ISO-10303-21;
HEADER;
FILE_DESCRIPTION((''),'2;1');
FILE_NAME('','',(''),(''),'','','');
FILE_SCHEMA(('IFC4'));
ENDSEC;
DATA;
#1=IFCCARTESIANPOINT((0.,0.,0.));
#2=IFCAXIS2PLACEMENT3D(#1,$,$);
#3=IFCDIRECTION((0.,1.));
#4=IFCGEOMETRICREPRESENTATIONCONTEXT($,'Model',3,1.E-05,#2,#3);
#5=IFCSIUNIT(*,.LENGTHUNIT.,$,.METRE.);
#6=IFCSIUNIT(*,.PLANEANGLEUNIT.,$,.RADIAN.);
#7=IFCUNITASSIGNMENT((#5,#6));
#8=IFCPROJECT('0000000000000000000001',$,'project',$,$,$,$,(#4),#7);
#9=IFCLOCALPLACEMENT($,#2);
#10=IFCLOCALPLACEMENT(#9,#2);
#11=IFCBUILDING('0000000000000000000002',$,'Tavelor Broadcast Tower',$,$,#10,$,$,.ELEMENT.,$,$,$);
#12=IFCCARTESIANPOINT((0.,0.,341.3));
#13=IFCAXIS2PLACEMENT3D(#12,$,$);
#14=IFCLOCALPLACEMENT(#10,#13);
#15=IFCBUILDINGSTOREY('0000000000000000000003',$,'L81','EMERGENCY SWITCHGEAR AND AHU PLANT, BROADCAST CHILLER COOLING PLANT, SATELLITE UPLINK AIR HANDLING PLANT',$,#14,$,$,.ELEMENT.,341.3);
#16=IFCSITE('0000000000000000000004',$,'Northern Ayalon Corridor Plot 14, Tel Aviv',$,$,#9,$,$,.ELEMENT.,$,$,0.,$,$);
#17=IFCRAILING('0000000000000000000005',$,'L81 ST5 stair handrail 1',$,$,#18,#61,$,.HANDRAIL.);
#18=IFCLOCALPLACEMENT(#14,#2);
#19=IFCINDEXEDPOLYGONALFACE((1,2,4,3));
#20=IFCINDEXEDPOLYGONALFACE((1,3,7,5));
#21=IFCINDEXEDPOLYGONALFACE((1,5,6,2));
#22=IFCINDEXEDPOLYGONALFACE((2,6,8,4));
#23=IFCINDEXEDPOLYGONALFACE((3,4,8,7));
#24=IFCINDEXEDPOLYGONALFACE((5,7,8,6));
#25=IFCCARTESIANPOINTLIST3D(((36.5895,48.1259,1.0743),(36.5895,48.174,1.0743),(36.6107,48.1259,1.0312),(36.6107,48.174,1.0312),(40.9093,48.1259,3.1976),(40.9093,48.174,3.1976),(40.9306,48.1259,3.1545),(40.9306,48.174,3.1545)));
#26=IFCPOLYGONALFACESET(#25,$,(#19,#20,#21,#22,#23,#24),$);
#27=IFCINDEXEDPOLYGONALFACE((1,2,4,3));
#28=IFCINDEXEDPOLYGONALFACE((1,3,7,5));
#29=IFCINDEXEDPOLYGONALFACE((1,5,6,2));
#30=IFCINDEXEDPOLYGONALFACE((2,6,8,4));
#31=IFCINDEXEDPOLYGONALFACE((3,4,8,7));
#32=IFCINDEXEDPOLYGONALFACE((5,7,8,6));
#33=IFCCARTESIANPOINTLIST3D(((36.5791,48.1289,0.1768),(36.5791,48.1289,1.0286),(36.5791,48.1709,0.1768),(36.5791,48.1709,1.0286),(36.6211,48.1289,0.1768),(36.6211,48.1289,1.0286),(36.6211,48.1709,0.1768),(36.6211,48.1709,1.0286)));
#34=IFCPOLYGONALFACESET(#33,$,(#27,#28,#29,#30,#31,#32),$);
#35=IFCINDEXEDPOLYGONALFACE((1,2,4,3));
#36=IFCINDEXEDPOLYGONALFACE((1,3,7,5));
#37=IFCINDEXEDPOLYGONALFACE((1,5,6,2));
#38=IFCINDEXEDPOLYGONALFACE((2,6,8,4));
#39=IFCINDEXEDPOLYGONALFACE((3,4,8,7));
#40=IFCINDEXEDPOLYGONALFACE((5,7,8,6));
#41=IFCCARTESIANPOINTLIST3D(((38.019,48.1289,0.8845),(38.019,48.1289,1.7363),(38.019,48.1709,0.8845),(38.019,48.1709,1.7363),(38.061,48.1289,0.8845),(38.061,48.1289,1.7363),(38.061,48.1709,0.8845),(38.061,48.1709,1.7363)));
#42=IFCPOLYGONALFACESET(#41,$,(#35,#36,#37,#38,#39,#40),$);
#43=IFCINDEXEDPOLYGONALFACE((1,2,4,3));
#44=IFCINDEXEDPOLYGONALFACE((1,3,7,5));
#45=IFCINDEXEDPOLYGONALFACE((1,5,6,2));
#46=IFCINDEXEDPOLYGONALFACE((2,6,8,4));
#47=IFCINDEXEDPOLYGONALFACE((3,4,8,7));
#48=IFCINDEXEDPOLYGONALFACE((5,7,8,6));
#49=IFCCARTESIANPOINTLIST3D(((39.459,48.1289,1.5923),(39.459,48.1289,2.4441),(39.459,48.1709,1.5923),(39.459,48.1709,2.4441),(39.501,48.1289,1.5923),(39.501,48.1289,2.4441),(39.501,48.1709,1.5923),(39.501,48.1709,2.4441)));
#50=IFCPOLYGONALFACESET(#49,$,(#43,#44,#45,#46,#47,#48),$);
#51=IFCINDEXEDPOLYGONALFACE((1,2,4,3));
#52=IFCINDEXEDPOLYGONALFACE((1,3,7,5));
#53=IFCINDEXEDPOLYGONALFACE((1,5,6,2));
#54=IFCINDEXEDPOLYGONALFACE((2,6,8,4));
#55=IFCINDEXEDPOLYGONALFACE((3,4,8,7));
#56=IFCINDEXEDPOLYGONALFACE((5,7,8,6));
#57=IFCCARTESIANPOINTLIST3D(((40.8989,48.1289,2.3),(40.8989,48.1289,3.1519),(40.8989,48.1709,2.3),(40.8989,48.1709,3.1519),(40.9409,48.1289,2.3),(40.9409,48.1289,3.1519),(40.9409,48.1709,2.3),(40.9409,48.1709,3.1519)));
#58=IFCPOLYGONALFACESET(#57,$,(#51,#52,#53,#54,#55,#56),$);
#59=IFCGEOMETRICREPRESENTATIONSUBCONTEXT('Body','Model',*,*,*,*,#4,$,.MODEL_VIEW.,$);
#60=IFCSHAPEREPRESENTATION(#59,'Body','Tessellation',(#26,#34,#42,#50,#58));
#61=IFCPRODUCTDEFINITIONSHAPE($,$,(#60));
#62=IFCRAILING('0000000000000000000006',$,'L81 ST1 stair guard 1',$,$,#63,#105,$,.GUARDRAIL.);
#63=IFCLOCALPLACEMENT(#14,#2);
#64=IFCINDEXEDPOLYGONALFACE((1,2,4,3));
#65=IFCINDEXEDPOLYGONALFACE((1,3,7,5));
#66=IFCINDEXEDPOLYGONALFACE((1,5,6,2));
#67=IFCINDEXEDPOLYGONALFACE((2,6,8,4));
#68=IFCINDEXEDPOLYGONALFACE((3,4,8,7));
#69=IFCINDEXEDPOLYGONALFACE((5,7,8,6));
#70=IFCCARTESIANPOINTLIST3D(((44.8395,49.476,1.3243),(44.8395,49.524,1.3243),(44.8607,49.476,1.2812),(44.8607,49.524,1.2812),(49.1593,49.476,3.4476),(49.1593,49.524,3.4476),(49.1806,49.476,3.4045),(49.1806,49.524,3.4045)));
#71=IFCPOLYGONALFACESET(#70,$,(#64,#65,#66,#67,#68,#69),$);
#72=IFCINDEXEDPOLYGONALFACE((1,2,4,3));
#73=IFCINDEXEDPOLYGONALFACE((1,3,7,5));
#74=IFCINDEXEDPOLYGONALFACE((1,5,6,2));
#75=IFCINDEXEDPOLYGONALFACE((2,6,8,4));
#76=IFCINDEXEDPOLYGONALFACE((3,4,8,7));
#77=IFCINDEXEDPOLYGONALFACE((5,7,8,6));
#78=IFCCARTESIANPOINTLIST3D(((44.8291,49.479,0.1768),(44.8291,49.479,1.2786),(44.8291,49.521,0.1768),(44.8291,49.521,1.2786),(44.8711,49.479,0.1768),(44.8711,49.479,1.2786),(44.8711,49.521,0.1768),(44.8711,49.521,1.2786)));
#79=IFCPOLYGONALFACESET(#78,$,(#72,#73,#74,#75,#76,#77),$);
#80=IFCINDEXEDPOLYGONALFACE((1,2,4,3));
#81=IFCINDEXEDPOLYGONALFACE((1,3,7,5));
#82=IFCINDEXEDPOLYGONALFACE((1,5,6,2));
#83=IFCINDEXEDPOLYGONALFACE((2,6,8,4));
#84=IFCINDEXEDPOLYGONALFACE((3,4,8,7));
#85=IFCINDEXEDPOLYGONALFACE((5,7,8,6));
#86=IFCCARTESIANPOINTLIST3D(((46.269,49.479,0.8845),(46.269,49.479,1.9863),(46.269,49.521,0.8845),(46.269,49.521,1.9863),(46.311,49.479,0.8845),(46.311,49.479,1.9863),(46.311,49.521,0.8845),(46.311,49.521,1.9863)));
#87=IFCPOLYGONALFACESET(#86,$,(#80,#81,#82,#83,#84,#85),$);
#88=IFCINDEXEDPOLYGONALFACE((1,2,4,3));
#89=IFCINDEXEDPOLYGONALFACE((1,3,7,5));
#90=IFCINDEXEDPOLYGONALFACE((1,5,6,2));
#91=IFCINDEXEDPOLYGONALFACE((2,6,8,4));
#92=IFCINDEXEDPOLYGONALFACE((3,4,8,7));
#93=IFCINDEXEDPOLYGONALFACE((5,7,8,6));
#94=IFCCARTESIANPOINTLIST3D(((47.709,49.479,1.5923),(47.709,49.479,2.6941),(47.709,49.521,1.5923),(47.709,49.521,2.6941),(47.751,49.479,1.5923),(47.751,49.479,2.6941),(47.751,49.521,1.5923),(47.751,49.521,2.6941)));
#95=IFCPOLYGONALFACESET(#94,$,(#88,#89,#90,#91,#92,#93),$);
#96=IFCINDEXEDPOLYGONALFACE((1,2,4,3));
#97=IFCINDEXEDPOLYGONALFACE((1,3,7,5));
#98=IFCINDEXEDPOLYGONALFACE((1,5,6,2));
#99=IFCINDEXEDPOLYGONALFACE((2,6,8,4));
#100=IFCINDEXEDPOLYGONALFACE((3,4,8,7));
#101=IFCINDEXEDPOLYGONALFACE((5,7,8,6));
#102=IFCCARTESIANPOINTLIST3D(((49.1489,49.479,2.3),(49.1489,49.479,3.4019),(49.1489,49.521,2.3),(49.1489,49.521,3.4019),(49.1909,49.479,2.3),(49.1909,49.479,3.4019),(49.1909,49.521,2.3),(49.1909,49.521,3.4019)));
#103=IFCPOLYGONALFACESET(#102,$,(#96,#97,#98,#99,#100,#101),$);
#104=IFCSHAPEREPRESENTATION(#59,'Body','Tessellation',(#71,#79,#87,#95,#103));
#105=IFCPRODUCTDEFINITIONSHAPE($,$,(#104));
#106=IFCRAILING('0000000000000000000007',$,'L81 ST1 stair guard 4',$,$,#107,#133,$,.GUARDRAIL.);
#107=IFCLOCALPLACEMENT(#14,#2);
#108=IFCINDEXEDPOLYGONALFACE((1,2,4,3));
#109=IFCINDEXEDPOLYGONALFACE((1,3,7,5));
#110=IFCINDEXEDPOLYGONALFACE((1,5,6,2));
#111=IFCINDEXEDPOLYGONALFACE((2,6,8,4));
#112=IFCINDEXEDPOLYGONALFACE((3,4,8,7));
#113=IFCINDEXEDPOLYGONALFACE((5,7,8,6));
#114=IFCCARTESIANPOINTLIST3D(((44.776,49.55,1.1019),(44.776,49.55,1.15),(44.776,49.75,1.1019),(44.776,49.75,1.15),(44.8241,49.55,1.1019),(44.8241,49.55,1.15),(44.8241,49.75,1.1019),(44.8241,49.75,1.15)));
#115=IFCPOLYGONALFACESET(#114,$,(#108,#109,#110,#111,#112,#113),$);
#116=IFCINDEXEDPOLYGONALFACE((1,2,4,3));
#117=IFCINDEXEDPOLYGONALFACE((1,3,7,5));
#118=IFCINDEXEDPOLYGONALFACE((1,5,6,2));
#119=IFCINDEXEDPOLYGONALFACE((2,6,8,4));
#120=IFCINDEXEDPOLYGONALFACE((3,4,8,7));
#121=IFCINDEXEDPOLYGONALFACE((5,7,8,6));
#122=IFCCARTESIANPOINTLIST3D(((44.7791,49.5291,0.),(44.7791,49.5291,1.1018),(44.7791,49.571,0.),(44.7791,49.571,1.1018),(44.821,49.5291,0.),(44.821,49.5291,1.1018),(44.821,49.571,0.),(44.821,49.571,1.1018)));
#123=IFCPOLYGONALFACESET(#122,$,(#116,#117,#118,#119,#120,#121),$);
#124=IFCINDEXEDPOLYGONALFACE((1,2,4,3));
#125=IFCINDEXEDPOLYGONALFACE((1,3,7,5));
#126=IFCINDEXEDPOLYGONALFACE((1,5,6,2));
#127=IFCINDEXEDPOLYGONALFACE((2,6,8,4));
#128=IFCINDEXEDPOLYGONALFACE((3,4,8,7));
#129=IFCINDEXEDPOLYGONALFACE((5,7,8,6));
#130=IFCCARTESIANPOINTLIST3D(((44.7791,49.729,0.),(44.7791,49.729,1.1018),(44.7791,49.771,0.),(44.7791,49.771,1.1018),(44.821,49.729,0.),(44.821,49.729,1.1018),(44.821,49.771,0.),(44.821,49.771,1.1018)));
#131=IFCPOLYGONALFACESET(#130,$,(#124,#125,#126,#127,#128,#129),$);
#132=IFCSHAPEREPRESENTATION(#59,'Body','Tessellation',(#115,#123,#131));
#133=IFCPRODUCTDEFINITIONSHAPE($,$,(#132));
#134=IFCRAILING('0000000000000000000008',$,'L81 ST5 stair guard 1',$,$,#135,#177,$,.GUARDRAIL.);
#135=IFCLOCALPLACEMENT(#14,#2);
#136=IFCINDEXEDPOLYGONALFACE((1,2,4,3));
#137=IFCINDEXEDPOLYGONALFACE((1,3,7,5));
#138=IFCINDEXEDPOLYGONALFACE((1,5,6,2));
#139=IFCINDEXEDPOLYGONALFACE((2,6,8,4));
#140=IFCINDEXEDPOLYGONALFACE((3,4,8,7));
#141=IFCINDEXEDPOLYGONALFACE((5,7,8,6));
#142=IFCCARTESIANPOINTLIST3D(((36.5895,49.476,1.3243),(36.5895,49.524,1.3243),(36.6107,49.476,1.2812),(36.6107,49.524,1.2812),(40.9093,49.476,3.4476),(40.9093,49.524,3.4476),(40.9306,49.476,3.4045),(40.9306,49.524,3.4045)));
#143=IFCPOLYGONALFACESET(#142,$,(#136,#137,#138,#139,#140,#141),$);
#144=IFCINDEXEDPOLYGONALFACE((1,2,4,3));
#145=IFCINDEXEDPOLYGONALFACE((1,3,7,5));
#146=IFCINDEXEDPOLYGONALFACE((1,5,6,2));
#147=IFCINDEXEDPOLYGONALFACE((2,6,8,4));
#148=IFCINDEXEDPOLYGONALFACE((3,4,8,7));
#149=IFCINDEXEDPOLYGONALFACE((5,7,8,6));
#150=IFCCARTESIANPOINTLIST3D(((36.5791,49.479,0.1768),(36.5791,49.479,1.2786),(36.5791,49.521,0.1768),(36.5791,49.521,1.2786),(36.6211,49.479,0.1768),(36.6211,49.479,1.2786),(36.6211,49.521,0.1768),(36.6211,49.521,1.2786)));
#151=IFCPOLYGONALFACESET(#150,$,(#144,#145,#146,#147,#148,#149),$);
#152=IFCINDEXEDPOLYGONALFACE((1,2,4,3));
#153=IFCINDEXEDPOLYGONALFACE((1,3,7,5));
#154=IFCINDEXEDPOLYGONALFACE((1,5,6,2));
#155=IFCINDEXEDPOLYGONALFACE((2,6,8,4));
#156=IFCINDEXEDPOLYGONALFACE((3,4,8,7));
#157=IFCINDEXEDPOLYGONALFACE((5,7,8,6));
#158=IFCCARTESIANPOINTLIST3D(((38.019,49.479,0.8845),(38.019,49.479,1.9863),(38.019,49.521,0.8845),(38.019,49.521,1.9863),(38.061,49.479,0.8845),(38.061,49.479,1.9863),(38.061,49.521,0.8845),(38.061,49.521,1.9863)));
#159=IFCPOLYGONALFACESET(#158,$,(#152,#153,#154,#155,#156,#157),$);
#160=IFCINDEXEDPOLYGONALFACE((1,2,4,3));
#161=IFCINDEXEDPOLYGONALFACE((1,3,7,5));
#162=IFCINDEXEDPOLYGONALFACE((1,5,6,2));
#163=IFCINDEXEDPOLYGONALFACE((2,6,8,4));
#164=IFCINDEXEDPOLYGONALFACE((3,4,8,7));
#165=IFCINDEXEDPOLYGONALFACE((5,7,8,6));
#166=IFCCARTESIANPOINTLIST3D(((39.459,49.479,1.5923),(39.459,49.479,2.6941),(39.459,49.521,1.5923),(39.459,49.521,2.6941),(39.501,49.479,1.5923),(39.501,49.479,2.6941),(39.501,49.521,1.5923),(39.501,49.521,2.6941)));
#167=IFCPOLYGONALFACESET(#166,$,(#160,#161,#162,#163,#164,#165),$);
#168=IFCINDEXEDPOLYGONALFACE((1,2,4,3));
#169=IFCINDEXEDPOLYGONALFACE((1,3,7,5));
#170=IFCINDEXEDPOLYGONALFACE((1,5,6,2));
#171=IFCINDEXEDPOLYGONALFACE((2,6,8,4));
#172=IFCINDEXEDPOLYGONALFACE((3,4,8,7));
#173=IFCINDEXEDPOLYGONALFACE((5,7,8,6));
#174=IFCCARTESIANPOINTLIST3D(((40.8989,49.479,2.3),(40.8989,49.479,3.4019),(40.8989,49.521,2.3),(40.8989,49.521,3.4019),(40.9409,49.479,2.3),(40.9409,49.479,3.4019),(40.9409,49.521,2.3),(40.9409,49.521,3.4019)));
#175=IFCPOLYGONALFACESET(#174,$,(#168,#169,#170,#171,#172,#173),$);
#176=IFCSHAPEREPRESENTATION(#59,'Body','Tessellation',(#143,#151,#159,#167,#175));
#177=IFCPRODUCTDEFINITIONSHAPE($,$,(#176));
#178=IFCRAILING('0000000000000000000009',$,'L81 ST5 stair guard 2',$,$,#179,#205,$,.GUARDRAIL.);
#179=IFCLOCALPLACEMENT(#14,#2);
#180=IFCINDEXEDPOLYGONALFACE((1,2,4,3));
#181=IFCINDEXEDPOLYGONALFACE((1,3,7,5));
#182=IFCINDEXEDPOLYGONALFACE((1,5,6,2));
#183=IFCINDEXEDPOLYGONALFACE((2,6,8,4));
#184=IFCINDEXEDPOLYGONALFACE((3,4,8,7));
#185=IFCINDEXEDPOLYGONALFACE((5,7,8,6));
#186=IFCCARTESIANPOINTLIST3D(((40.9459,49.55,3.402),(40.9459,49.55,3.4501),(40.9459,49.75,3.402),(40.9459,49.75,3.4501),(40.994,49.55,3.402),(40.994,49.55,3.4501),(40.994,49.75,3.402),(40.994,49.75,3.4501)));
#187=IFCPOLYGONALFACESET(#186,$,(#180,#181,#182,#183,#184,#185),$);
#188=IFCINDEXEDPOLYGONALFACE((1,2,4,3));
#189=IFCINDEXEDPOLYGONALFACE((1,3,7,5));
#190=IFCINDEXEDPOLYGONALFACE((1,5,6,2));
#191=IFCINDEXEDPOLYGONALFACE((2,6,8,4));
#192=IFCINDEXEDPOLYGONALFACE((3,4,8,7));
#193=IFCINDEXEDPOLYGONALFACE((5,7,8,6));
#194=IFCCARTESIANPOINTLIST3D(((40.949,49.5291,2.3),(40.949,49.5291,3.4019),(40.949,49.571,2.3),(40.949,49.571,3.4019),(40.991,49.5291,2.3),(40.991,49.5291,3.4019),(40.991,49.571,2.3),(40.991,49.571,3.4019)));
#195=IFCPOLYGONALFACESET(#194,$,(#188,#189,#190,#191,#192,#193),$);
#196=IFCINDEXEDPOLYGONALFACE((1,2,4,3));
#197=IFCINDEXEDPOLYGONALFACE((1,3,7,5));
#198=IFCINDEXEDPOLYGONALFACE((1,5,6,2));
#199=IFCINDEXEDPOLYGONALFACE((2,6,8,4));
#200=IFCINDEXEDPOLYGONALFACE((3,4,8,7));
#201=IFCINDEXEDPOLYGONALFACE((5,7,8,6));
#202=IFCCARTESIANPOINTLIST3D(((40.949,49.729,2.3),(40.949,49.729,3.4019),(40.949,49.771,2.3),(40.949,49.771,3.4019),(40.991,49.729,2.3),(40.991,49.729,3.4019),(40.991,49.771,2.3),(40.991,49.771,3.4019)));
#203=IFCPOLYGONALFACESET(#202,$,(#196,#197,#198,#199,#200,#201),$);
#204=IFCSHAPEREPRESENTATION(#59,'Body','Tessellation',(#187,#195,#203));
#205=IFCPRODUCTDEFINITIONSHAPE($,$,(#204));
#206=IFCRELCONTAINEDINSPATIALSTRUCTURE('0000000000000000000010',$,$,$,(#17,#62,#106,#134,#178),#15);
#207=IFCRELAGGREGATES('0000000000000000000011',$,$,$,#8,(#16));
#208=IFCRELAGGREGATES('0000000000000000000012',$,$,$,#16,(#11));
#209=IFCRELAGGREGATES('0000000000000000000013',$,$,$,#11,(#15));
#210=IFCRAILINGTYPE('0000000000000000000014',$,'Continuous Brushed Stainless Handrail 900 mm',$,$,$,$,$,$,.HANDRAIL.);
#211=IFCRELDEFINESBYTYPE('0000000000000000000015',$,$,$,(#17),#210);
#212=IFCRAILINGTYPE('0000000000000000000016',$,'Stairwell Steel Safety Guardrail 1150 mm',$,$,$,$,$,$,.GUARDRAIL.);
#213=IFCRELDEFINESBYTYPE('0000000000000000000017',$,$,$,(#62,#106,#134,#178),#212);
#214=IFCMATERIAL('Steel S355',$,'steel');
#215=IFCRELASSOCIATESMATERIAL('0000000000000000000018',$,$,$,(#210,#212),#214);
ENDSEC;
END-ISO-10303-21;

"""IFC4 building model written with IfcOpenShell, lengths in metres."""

from ifc_helpers import new_model, si_unit, direction, frame, origin, origin_2d, place, context, subcontext, project, spatial, rectangle, extrude, material, type_object, element, save


model = new_model("IFC4")

# Units and contexts
model_context = context("Model", 3, precision=1e-05, world=origin(), true_north=direction((0.0, 1.0)))
body_context = subcontext(model_context, "Body", "Model", "MODEL_VIEW")
ifc_project = project(units=[si_unit("LENGTHUNIT", "METRE"), si_unit("PLANEANGLEUNIT", "RADIAN")], contexts=[model_context])

# Site, building, storey
site_placement = place(None, origin())
site = spatial("IfcSite", under=ifc_project, at=site_placement, Name="Northern Ayalon Corridor Plot 14, Tel Aviv", CompositionType="ELEMENT", RefElevation=0.0)
building_placement = place(site_placement, origin())
building = spatial("IfcBuilding", under=site, at=building_placement, Name="Tavelor Broadcast Tower", CompositionType="ELEMENT")
storey_placement = place(building_placement, frame((0.0, 0.0, 341.3)))
storey = spatial("IfcBuildingStorey", under=building, at=storey_placement, Name="L81", Description="EMERGENCY SWITCHGEAR AND AHU PLANT, BROADCAST CHILLER COOLING PLANT, SATELLITE UPLINK AIR HANDLING PLANT", CompositionType="ELEMENT", Elevation=341.3)

# Shared definitions
ifc_material_1 = material(Name="Steel S355", Category="steel")

# Railings
railing_type_1 = type_object("IfcRailingType", Name="Continuous Brushed Stainless Handrail 900 mm", PredefinedType="HANDRAIL", material=ifc_material_1)
for number, where, name in (
    (1, (36.6001, 48.1499, 0.1768), "L81 ST5 stair handrail 1"),
):
    element("IfcRailing", number, at=place(storey_placement, frame(where)), inside=storey, type_object=railing_type_1, Name=name, PredefinedType="HANDRAIL", context=body_context, shape_type="SweptSolid", body=[
        extrude(rectangle(XDim=0.0481, YDim=0.0481, at=origin_2d()), frame((0.0, 0.0, 0.876), z_axis=(0.89745, 0.0, 0.441117), x_axis=(0.0, 1.0, 0.0)), (0.0, 0.0, 1.0), 4.8135),
        extrude(rectangle(XDim=0.042, YDim=0.042, at=origin_2d()), origin(), (0.0, 0.0, 1.0), 0.8518),
        extrude(rectangle(XDim=0.042, YDim=0.042, at=origin_2d()), frame((1.4399, 0.0, 0.7078)), (0.0, 0.0, 1.0), 0.8518),
        extrude(rectangle(XDim=0.042, YDim=0.042, at=origin_2d()), frame((2.8799, 0.0, 1.4155)), (0.0, 0.0, 1.0), 0.8518),
        extrude(rectangle(XDim=0.042, YDim=0.042, at=origin_2d()), frame((4.3198, 0.0, 2.1233)), (0.0, 0.0, 1.0), 0.8518),
    ])
railing_type_2 = type_object("IfcRailingType", Name="Stairwell Steel Safety Guardrail 1150 mm", PredefinedType="GUARDRAIL", material=ifc_material_1)
railing_1_placement = place(storey_placement, frame((44.8501, 49.5, 0.1768)))
element("IfcRailing", 2, at=railing_1_placement, inside=storey, type_object=railing_type_2, Name="L81 ST1 stair guard 1", PredefinedType="GUARDRAIL", context=body_context, shape_type="SweptSolid", body=[
    extrude(rectangle(XDim=0.0481, YDim=0.0481, at=origin_2d()), frame((0.0, 0.0, 1.126), z_axis=(0.89745, 0.0, 0.441117), x_axis=(0.0, 1.0, 0.0)), (0.0, 0.0, 1.0), 4.8135),
    extrude(rectangle(XDim=0.042, YDim=0.042, at=origin_2d()), origin(), (0.0, 0.0, 1.0), 1.1018),
    extrude(rectangle(XDim=0.042, YDim=0.042, at=origin_2d()), frame((1.4399, 0.0, 0.7078)), (0.0, 0.0, 1.0), 1.1018),
    extrude(rectangle(XDim=0.042, YDim=0.042, at=origin_2d()), frame((2.8799, 0.0, 1.4155)), (0.0, 0.0, 1.0), 1.1018),
    extrude(rectangle(XDim=0.042, YDim=0.042, at=origin_2d()), frame((4.3198, 0.0, 2.1233)), (0.0, 0.0, 1.0), 1.1018),
])
railing_2_placement = place(storey_placement, frame((44.8, 49.55, 0.0)))
element("IfcRailing", 3, at=railing_2_placement, inside=storey, type_object=railing_type_2, Name="L81 ST1 stair guard 4", PredefinedType="GUARDRAIL", context=body_context, shape_type="SweptSolid", body=[
    extrude(rectangle(XDim=0.0481, YDim=0.0481, at=origin_2d()), frame((0.0, 0.0, 1.126), z_axis=(0.0, 1.0, 0.0), x_axis=(-1.0, 0.0, 0.0)), (0.0, 0.0, 1.0), 0.2),
    extrude(rectangle(XDim=0.042, YDim=0.042, at=origin_2d()), origin(), (0.0, 0.0, 1.0), 1.1018),
    extrude(rectangle(XDim=0.042, YDim=0.042, at=origin_2d()), frame((0.0, 0.2, 0.0)), (0.0, 0.0, 1.0), 1.1018),
])
railing_3_placement = place(storey_placement, frame((36.6001, 49.5, 0.1768)))
element("IfcRailing", 4, at=railing_3_placement, inside=storey, type_object=railing_type_2, Name="L81 ST5 stair guard 1", PredefinedType="GUARDRAIL", context=body_context, shape_type="SweptSolid", body=[
    extrude(rectangle(XDim=0.0481, YDim=0.0481, at=origin_2d()), frame((0.0, 0.0, 1.126), z_axis=(0.89745, 0.0, 0.441117), x_axis=(0.0, 1.0, 0.0)), (0.0, 0.0, 1.0), 4.8135),
    extrude(rectangle(XDim=0.042, YDim=0.042, at=origin_2d()), origin(), (0.0, 0.0, 1.0), 1.1018),
    extrude(rectangle(XDim=0.042, YDim=0.042, at=origin_2d()), frame((1.4399, 0.0, 0.7078)), (0.0, 0.0, 1.0), 1.1018),
    extrude(rectangle(XDim=0.042, YDim=0.042, at=origin_2d()), frame((2.8799, 0.0, 1.4155)), (0.0, 0.0, 1.0), 1.1018),
    extrude(rectangle(XDim=0.042, YDim=0.042, at=origin_2d()), frame((4.3198, 0.0, 2.1233)), (0.0, 0.0, 1.0), 1.1018),
])
railing_4_placement = place(storey_placement, frame((40.97, 49.55, 2.3)))
element("IfcRailing", 5, at=railing_4_placement, inside=storey, type_object=railing_type_2, Name="L81 ST5 stair guard 2", PredefinedType="GUARDRAIL", context=body_context, shape_type="SweptSolid", body=[
    extrude(rectangle(XDim=0.0481, YDim=0.0481, at=origin_2d()), frame((0.0, 0.0, 1.126), z_axis=(0.0, 1.0, 0.0), x_axis=(-1.0, 0.0, 0.0)), (0.0, 0.0, 1.0), 0.2),
    extrude(rectangle(XDim=0.042, YDim=0.042, at=origin_2d()), origin(), (0.0, 0.0, 1.0), 1.1018),
    extrude(rectangle(XDim=0.042, YDim=0.042, at=origin_2d()), frame((0.0, 0.2, 0.0)), (0.0, 0.0, 1.0), 1.1018),
])

save(model, "model.ifc")
